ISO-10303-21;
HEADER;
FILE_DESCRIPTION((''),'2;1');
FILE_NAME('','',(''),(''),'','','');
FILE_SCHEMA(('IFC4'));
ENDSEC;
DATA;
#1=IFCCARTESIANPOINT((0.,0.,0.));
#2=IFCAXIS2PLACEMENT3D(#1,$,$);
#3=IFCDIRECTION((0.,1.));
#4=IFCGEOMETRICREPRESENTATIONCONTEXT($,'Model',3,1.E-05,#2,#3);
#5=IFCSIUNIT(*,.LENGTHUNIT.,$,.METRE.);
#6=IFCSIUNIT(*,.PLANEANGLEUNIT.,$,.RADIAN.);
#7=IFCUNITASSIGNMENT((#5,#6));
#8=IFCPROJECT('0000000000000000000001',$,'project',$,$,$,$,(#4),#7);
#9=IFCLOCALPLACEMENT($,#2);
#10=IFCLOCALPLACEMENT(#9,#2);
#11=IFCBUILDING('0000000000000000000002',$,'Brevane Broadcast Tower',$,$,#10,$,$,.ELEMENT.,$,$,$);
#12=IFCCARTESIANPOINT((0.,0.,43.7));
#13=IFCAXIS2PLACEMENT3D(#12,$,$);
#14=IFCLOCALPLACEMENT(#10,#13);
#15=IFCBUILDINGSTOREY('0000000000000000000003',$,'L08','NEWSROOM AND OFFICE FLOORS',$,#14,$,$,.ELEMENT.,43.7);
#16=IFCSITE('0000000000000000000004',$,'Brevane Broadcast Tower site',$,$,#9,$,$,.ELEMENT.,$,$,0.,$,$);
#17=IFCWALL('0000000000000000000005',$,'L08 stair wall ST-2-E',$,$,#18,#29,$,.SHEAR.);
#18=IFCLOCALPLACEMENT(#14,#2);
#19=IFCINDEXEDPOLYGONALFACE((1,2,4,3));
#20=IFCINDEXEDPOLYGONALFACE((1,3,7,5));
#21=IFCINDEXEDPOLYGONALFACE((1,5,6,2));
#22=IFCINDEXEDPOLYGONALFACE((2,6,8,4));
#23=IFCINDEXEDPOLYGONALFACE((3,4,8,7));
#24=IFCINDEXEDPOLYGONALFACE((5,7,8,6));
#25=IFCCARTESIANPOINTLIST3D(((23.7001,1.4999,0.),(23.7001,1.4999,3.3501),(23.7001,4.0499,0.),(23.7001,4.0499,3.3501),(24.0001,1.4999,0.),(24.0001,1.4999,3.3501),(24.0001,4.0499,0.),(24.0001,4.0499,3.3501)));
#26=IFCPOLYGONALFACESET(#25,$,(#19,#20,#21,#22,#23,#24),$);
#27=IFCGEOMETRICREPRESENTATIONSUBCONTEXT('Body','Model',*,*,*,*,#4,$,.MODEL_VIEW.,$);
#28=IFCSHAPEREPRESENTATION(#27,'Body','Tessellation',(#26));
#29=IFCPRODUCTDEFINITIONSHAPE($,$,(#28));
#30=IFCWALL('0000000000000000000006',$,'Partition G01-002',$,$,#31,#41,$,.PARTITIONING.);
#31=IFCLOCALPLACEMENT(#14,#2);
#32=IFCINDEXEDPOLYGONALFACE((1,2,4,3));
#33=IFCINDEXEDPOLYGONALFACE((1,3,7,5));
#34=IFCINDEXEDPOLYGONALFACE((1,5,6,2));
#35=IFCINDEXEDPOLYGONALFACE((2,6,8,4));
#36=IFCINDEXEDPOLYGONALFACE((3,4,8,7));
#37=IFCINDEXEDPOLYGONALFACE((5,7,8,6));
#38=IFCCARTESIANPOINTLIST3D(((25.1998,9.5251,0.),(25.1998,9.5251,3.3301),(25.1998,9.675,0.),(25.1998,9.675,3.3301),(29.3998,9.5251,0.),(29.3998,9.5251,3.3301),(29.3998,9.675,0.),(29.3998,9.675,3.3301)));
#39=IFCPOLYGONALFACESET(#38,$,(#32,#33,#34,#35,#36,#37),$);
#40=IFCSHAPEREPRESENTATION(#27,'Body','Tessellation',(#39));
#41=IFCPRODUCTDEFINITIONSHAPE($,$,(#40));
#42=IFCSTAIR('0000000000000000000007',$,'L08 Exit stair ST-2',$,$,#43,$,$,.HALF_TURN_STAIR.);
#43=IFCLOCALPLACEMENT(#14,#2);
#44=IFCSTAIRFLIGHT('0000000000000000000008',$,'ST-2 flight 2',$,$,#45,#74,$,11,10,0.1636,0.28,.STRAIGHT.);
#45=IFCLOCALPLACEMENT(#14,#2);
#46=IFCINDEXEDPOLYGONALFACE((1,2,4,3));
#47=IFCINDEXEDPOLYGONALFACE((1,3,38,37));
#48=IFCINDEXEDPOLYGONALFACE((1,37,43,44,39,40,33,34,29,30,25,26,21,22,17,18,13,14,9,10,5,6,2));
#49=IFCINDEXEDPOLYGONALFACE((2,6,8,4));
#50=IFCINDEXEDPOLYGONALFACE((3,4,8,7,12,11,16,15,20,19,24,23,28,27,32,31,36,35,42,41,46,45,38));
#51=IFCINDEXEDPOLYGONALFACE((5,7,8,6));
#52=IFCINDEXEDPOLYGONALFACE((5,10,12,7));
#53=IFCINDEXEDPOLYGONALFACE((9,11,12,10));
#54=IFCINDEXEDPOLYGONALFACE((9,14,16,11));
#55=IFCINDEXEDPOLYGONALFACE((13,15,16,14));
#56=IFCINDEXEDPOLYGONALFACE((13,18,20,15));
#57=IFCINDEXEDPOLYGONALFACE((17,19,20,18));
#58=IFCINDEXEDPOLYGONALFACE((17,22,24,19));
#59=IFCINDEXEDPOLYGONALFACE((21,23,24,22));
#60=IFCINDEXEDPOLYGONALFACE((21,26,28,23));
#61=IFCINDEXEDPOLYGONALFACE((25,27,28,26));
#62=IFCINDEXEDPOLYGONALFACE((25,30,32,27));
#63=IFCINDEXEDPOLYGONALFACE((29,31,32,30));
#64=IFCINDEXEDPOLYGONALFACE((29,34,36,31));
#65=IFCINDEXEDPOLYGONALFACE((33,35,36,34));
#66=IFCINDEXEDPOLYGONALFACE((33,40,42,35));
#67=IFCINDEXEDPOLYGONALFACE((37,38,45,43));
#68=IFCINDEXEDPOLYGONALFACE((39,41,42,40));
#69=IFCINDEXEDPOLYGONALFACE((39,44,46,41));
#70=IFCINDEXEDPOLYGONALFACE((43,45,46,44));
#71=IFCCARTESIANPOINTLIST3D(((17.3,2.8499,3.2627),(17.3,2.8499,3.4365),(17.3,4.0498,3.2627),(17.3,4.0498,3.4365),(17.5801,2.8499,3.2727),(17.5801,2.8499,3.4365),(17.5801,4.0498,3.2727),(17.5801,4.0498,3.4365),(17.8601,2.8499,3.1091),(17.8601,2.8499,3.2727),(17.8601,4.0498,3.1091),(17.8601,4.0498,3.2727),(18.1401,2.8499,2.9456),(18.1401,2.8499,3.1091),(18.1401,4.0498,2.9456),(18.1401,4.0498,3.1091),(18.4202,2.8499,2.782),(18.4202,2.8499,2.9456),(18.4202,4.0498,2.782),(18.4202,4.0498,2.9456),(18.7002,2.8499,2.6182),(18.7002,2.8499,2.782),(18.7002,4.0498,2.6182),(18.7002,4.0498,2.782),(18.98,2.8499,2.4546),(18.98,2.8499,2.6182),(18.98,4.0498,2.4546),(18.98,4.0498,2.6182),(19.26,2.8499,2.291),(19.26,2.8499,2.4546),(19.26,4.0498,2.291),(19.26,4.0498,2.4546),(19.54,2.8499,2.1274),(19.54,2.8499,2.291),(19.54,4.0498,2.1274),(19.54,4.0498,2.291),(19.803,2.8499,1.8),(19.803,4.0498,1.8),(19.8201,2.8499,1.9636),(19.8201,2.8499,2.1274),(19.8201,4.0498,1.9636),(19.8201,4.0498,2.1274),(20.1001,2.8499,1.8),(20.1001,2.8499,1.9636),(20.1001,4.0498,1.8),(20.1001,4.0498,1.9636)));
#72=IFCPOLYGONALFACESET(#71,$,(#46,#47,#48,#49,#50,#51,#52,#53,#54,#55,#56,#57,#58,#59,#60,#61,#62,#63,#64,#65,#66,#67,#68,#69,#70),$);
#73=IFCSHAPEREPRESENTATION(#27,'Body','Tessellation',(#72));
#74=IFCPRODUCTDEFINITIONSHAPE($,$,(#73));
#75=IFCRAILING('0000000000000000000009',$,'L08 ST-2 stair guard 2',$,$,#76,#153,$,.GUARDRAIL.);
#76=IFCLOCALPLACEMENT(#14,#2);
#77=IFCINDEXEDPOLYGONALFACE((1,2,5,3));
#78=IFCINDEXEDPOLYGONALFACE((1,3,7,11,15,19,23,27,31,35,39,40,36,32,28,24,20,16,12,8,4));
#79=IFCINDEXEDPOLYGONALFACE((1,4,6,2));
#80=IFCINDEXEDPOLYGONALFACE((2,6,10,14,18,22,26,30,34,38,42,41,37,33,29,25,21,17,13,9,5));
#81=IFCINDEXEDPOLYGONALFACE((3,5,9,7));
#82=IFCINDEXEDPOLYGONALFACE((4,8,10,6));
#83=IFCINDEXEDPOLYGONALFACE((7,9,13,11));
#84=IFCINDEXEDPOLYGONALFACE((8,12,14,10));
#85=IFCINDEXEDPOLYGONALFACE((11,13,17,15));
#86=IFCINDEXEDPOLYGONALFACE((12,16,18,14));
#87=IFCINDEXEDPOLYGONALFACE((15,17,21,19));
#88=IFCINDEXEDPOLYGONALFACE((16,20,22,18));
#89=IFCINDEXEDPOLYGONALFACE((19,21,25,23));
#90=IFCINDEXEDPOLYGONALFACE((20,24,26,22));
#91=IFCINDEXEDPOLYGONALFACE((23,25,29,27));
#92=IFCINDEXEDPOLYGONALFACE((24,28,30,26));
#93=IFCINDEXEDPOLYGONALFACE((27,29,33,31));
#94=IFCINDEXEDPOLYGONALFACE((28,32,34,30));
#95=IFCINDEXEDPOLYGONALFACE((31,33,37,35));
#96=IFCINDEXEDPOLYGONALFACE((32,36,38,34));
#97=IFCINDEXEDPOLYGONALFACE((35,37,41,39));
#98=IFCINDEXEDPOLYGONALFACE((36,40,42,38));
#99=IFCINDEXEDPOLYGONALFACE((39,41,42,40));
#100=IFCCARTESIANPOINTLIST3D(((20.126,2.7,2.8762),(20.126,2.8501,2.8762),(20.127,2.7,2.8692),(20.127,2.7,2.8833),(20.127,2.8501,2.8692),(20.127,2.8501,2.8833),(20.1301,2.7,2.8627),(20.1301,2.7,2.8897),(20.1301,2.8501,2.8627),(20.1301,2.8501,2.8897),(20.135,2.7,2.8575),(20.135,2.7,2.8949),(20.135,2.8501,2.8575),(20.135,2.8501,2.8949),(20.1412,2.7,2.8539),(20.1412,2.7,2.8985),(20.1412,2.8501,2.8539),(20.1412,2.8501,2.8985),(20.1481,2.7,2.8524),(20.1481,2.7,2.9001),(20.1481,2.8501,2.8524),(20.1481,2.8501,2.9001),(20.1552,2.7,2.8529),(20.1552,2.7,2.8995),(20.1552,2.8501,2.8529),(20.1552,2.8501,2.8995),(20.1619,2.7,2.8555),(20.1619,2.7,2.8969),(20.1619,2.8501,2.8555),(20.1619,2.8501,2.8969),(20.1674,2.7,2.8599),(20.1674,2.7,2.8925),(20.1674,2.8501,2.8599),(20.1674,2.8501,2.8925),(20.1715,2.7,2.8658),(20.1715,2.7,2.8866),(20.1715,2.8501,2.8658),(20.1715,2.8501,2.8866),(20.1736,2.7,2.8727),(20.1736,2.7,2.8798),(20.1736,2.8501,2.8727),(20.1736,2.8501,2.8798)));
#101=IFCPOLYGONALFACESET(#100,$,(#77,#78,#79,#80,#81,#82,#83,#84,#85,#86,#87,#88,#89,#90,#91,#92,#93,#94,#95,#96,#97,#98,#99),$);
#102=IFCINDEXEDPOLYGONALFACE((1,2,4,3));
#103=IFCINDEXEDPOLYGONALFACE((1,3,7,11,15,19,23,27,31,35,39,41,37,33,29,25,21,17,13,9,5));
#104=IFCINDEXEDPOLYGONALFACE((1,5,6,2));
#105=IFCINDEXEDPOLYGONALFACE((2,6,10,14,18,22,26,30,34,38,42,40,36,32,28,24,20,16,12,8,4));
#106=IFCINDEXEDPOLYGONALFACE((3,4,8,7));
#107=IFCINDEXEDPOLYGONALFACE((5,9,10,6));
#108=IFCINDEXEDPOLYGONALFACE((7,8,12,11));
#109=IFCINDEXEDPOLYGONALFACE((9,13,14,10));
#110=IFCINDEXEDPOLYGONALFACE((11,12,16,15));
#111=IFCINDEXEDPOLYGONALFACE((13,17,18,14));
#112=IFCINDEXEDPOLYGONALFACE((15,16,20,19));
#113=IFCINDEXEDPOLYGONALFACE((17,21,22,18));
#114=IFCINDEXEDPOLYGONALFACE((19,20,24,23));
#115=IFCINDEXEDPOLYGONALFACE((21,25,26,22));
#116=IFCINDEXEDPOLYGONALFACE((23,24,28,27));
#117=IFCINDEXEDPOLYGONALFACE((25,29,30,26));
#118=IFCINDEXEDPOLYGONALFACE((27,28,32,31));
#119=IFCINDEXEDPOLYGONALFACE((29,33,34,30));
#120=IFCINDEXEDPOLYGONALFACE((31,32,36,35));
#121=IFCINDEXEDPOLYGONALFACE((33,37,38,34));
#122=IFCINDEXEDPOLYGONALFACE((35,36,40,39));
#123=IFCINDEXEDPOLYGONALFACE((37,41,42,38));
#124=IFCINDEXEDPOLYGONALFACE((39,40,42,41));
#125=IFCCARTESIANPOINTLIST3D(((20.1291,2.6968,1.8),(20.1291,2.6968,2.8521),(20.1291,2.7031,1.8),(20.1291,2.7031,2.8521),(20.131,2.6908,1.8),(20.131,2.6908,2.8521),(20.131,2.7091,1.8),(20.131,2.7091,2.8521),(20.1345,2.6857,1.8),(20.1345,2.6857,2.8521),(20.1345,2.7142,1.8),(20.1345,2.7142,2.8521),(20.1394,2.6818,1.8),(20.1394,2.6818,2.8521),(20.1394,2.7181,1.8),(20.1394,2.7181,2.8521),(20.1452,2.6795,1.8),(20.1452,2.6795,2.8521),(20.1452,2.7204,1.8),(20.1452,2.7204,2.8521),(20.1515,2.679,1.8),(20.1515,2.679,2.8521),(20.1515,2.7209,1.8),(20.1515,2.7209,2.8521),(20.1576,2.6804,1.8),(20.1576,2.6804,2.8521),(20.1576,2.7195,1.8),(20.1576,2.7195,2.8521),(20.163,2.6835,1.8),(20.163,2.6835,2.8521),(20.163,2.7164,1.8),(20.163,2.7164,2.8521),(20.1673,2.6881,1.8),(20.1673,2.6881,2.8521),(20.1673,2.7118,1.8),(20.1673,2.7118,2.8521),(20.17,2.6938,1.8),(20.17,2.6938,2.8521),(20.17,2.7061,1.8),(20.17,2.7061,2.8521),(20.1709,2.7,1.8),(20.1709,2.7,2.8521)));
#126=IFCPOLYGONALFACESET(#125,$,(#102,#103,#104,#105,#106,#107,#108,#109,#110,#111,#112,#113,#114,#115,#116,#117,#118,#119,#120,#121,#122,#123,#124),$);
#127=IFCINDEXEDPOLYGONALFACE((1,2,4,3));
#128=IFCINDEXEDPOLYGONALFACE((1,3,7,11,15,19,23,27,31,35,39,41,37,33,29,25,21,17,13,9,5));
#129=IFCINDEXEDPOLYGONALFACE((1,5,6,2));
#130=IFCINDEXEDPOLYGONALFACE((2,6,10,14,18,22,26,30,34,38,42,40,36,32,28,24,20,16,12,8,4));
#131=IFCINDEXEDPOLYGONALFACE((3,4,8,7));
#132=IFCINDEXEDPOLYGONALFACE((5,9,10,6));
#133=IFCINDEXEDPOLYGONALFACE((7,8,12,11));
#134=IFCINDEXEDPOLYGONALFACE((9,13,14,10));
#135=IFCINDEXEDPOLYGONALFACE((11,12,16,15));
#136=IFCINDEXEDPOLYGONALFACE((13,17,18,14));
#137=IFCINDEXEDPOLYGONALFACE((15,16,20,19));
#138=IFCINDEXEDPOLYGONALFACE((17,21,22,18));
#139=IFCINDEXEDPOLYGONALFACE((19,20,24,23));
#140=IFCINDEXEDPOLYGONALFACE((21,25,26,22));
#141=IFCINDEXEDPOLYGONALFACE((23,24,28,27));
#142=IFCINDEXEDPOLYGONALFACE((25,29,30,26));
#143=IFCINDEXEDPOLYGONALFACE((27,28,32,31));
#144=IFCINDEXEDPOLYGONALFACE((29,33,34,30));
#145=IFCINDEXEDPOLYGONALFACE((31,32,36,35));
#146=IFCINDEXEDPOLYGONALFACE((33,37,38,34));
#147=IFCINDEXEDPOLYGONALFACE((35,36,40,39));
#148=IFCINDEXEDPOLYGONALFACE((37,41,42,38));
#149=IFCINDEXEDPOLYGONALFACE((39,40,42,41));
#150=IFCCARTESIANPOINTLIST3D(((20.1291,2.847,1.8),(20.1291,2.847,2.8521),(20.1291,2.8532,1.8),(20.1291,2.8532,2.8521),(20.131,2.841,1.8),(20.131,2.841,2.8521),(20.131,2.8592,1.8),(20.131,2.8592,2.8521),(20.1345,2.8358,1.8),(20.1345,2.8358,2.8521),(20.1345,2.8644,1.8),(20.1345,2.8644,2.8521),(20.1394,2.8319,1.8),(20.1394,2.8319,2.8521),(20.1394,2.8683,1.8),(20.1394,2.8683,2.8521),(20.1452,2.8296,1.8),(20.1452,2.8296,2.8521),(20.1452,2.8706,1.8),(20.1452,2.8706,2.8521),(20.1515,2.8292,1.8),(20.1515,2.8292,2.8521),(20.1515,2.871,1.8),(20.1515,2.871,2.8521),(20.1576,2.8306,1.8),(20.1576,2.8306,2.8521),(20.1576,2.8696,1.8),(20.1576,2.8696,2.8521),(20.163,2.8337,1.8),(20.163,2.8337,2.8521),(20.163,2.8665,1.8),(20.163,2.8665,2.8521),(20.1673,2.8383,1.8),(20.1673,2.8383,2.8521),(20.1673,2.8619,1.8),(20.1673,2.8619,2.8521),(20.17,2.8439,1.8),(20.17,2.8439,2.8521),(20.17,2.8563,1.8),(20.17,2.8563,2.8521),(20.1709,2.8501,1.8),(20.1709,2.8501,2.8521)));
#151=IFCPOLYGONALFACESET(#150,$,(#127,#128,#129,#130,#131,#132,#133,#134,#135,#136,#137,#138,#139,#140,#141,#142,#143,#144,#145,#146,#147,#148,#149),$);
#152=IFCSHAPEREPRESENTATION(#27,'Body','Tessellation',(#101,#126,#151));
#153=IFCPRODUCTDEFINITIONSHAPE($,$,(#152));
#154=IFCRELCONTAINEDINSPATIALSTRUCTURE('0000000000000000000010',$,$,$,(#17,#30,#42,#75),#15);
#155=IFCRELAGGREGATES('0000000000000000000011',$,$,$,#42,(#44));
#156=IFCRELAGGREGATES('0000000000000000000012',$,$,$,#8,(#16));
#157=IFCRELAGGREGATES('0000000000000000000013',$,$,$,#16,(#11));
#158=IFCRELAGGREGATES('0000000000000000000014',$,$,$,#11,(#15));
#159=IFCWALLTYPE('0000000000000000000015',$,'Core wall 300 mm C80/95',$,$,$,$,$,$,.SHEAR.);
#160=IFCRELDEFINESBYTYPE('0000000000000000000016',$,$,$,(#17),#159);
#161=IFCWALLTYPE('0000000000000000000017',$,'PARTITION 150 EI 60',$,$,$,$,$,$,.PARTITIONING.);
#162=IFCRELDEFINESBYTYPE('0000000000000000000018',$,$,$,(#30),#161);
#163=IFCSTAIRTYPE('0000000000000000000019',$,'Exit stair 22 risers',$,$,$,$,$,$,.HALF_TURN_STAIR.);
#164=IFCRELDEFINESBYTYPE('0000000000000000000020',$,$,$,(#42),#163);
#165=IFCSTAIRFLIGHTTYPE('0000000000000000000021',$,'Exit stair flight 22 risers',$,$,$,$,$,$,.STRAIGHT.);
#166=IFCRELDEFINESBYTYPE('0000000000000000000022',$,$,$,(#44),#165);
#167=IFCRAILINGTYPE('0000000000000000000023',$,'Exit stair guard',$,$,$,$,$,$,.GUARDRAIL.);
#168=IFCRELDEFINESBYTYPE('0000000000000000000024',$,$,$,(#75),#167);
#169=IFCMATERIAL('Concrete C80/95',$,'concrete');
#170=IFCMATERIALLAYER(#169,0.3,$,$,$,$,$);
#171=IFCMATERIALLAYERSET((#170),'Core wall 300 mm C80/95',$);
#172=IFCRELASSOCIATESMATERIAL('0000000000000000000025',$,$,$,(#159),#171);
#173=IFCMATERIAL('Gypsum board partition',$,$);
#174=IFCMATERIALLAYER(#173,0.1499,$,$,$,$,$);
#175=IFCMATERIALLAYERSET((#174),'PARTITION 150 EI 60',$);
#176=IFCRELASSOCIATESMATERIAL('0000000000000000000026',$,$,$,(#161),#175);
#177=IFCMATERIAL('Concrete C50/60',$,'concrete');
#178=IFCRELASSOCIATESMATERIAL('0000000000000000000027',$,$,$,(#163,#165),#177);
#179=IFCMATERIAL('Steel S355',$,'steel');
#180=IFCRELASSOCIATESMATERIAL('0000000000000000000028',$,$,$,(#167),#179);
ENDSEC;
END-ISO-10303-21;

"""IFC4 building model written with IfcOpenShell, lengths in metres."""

from ifc_helpers import new_model, si_unit, direction, frame, frame_2d, origin, origin_2d, place, context, subcontext, project, spatial, polyline, rectangle, circle, outline, extrude, material, layer, layer_set, type_object, element, aggregate, save


model = new_model("IFC4")

# Units and contexts
model_context = context("Model", 3, precision=1e-05, world=origin(), true_north=direction((0.0, 1.0)))
body_context = subcontext(model_context, "Body", "Model", "MODEL_VIEW")
ifc_project = project(units=[si_unit("LENGTHUNIT", "METRE"), si_unit("PLANEANGLEUNIT", "RADIAN")], contexts=[model_context])

# Site, building, storey
site_placement = place(None, origin())
site = spatial("IfcSite", under=ifc_project, at=site_placement, Name="Brevane Broadcast Tower site", CompositionType="ELEMENT", RefElevation=0.0)
building_placement = place(site_placement, origin())
building = spatial("IfcBuilding", under=site, at=building_placement, Name="Brevane Broadcast Tower", CompositionType="ELEMENT")
storey_placement = place(building_placement, frame((0.0, 0.0, 43.7)))
storey = spatial("IfcBuildingStorey", under=building, at=storey_placement, Name="L08", Description="NEWSROOM AND OFFICE FLOORS", CompositionType="ELEMENT", Elevation=43.7)

# Walls
ifc_material_1 = material(Name="Concrete C80/95", Category="concrete")
ifc_layer_1 = layer(ifc_material_1, 0.3)
ifc_layer_set_1 = layer_set([ifc_layer_1], Name="Core wall 300 mm C80/95")
wall_type_1 = type_object("IfcWallType", Name="Core wall 300 mm C80/95", PredefinedType="SHEAR", material=ifc_layer_set_1)
wall_1_placement = place(storey_placement, frame((23.8501, 1.5, 0.0), z_axis=(0.0, 0.0, 1.0), x_axis=(0.0, 1.0, 0.0)))
element("IfcWall", 1, at=wall_1_placement, inside=storey, type_object=wall_type_1, Name="L08 stair wall ST-2-E", PredefinedType="SHEAR", context=body_context, shape_type="SweptSolid", body=[
    extrude(rectangle(XDim=2.55, YDim=0.3, at=frame_2d((1.2749, 0.0))), origin(), (0.0, 0.0, 1.0), 3.3501),
])
ifc_material_2 = material(Name="Gypsum board partition")
ifc_layer_2 = layer(ifc_material_2, 0.1499)
ifc_layer_set_2 = layer_set([ifc_layer_2], Name="PARTITION 150 EI 60")
wall_type_2 = type_object("IfcWallType", Name="PARTITION 150 EI 60", PredefinedType="PARTITIONING", material=ifc_layer_set_2)
wall_2_placement = place(storey_placement, frame((29.3999, 9.6001, 0.0), z_axis=(0.0, 0.0, 1.0), x_axis=(-1.0, 0.0, 0.0)))
element("IfcWall", 2, at=wall_2_placement, inside=storey, type_object=wall_type_2, Name="Partition G01-002", PredefinedType="PARTITIONING", context=body_context, shape_type="SweptSolid", body=[
    extrude(rectangle(XDim=4.2, YDim=0.1499, at=frame_2d((2.1001, 0.0))), origin(), (0.0, 0.0, 1.0), 3.3301),
])

# Stair, stair flight
ifc_material_3 = material(Name="Concrete C50/60", Category="concrete")
stair_type = type_object("IfcStairType", Name="Exit stair 22 risers", PredefinedType="HALF_TURN_STAIR", material=ifc_material_3)
stair_placement = place(storey_placement, origin())
stair = element("IfcStair", 3, at=stair_placement, inside=storey, type_object=stair_type, Name="L08 Exit stair ST-2", PredefinedType="HALF_TURN_STAIR")
stair_flight_type = type_object("IfcStairFlightType", Name="Exit stair flight 22 risers", PredefinedType="STRAIGHT", material=ifc_material_3)
stair_flight_placement = place(storey_placement, frame((20.1001, 3.45, 1.8), z_axis=(0.0, 0.0, 1.0), x_axis=(-1.0, 0.0, 0.0)))
stair_flight = element("IfcStairFlight", 4, at=stair_flight_placement, type_object=stair_flight_type, Name="ST-2 flight 2", NumberOfRisers=11, NumberOfTreads=10, PredefinedType="STRAIGHT", RiserHeight=0.1636, TreadLength=0.28, context=body_context, shape_type="SweptSolid", body=[
    extrude(outline(polyline([(0.0, 0.0), (0.0, 0.1636), (0.28, 0.1636), (0.28, 0.3274), (0.5601, 0.3274), (0.5601, 0.491), (0.8401, 0.491), (0.8401, 0.6545), (1.1201, 0.6545), (1.1201, 0.8181), (1.3999, 0.8181), (1.3999, 0.9819), (1.6799, 0.9819), (1.6799, 1.1455), (1.96, 1.1455), (1.96, 1.3091), (2.24, 1.3091), (2.24, 1.4727), (2.52, 1.4727), (2.52, 1.6365), (2.8, 1.6365), (2.8, 1.8), (2.8, 1.4626), (0.2971, 0.0), (0.0, 0.0)])), frame((0.0, 0.6001, 0.0), z_axis=(0.0, -1.0, 0.0), x_axis=(1.0, 0.0, 0.0)), (0.0, 0.0, 1.0), 1.2),
])
aggregate(stair, [stair_flight])

# Railing
ifc_material_4 = material(Name="Steel S355", Category="steel")
railing_type_1 = type_object("IfcRailingType", Name="Exit stair guard", PredefinedType="GUARDRAIL", material=ifc_material_4)
railing_1_placement = place(storey_placement, frame((20.1499, 2.7, 1.8)))
element("IfcRailing", 5, at=railing_1_placement, inside=storey, type_object=railing_type_1, Name="L08 ST-2 stair guard 2", PredefinedType="GUARDRAIL", context=body_context, shape_type="SweptSolid", body=[
    extrude(circle(Radius=0.0239, at=origin_2d()), frame((0.0, 0.0, 1.0762), z_axis=(0.0, 1.0, 0.0), x_axis=(-1.0, 0.0, 0.0)), (0.0, 0.0, 1.0), 0.1501),
    extrude(circle(Radius=0.021, at=origin_2d()), origin(), (0.0, 0.0, 1.0), 1.052),
    extrude(circle(Radius=0.021, at=origin_2d()), frame((0.0, 0.1501, 0.0)), (0.0, 0.0, 1.0), 1.052),
])

save(model, "model.ifc")
